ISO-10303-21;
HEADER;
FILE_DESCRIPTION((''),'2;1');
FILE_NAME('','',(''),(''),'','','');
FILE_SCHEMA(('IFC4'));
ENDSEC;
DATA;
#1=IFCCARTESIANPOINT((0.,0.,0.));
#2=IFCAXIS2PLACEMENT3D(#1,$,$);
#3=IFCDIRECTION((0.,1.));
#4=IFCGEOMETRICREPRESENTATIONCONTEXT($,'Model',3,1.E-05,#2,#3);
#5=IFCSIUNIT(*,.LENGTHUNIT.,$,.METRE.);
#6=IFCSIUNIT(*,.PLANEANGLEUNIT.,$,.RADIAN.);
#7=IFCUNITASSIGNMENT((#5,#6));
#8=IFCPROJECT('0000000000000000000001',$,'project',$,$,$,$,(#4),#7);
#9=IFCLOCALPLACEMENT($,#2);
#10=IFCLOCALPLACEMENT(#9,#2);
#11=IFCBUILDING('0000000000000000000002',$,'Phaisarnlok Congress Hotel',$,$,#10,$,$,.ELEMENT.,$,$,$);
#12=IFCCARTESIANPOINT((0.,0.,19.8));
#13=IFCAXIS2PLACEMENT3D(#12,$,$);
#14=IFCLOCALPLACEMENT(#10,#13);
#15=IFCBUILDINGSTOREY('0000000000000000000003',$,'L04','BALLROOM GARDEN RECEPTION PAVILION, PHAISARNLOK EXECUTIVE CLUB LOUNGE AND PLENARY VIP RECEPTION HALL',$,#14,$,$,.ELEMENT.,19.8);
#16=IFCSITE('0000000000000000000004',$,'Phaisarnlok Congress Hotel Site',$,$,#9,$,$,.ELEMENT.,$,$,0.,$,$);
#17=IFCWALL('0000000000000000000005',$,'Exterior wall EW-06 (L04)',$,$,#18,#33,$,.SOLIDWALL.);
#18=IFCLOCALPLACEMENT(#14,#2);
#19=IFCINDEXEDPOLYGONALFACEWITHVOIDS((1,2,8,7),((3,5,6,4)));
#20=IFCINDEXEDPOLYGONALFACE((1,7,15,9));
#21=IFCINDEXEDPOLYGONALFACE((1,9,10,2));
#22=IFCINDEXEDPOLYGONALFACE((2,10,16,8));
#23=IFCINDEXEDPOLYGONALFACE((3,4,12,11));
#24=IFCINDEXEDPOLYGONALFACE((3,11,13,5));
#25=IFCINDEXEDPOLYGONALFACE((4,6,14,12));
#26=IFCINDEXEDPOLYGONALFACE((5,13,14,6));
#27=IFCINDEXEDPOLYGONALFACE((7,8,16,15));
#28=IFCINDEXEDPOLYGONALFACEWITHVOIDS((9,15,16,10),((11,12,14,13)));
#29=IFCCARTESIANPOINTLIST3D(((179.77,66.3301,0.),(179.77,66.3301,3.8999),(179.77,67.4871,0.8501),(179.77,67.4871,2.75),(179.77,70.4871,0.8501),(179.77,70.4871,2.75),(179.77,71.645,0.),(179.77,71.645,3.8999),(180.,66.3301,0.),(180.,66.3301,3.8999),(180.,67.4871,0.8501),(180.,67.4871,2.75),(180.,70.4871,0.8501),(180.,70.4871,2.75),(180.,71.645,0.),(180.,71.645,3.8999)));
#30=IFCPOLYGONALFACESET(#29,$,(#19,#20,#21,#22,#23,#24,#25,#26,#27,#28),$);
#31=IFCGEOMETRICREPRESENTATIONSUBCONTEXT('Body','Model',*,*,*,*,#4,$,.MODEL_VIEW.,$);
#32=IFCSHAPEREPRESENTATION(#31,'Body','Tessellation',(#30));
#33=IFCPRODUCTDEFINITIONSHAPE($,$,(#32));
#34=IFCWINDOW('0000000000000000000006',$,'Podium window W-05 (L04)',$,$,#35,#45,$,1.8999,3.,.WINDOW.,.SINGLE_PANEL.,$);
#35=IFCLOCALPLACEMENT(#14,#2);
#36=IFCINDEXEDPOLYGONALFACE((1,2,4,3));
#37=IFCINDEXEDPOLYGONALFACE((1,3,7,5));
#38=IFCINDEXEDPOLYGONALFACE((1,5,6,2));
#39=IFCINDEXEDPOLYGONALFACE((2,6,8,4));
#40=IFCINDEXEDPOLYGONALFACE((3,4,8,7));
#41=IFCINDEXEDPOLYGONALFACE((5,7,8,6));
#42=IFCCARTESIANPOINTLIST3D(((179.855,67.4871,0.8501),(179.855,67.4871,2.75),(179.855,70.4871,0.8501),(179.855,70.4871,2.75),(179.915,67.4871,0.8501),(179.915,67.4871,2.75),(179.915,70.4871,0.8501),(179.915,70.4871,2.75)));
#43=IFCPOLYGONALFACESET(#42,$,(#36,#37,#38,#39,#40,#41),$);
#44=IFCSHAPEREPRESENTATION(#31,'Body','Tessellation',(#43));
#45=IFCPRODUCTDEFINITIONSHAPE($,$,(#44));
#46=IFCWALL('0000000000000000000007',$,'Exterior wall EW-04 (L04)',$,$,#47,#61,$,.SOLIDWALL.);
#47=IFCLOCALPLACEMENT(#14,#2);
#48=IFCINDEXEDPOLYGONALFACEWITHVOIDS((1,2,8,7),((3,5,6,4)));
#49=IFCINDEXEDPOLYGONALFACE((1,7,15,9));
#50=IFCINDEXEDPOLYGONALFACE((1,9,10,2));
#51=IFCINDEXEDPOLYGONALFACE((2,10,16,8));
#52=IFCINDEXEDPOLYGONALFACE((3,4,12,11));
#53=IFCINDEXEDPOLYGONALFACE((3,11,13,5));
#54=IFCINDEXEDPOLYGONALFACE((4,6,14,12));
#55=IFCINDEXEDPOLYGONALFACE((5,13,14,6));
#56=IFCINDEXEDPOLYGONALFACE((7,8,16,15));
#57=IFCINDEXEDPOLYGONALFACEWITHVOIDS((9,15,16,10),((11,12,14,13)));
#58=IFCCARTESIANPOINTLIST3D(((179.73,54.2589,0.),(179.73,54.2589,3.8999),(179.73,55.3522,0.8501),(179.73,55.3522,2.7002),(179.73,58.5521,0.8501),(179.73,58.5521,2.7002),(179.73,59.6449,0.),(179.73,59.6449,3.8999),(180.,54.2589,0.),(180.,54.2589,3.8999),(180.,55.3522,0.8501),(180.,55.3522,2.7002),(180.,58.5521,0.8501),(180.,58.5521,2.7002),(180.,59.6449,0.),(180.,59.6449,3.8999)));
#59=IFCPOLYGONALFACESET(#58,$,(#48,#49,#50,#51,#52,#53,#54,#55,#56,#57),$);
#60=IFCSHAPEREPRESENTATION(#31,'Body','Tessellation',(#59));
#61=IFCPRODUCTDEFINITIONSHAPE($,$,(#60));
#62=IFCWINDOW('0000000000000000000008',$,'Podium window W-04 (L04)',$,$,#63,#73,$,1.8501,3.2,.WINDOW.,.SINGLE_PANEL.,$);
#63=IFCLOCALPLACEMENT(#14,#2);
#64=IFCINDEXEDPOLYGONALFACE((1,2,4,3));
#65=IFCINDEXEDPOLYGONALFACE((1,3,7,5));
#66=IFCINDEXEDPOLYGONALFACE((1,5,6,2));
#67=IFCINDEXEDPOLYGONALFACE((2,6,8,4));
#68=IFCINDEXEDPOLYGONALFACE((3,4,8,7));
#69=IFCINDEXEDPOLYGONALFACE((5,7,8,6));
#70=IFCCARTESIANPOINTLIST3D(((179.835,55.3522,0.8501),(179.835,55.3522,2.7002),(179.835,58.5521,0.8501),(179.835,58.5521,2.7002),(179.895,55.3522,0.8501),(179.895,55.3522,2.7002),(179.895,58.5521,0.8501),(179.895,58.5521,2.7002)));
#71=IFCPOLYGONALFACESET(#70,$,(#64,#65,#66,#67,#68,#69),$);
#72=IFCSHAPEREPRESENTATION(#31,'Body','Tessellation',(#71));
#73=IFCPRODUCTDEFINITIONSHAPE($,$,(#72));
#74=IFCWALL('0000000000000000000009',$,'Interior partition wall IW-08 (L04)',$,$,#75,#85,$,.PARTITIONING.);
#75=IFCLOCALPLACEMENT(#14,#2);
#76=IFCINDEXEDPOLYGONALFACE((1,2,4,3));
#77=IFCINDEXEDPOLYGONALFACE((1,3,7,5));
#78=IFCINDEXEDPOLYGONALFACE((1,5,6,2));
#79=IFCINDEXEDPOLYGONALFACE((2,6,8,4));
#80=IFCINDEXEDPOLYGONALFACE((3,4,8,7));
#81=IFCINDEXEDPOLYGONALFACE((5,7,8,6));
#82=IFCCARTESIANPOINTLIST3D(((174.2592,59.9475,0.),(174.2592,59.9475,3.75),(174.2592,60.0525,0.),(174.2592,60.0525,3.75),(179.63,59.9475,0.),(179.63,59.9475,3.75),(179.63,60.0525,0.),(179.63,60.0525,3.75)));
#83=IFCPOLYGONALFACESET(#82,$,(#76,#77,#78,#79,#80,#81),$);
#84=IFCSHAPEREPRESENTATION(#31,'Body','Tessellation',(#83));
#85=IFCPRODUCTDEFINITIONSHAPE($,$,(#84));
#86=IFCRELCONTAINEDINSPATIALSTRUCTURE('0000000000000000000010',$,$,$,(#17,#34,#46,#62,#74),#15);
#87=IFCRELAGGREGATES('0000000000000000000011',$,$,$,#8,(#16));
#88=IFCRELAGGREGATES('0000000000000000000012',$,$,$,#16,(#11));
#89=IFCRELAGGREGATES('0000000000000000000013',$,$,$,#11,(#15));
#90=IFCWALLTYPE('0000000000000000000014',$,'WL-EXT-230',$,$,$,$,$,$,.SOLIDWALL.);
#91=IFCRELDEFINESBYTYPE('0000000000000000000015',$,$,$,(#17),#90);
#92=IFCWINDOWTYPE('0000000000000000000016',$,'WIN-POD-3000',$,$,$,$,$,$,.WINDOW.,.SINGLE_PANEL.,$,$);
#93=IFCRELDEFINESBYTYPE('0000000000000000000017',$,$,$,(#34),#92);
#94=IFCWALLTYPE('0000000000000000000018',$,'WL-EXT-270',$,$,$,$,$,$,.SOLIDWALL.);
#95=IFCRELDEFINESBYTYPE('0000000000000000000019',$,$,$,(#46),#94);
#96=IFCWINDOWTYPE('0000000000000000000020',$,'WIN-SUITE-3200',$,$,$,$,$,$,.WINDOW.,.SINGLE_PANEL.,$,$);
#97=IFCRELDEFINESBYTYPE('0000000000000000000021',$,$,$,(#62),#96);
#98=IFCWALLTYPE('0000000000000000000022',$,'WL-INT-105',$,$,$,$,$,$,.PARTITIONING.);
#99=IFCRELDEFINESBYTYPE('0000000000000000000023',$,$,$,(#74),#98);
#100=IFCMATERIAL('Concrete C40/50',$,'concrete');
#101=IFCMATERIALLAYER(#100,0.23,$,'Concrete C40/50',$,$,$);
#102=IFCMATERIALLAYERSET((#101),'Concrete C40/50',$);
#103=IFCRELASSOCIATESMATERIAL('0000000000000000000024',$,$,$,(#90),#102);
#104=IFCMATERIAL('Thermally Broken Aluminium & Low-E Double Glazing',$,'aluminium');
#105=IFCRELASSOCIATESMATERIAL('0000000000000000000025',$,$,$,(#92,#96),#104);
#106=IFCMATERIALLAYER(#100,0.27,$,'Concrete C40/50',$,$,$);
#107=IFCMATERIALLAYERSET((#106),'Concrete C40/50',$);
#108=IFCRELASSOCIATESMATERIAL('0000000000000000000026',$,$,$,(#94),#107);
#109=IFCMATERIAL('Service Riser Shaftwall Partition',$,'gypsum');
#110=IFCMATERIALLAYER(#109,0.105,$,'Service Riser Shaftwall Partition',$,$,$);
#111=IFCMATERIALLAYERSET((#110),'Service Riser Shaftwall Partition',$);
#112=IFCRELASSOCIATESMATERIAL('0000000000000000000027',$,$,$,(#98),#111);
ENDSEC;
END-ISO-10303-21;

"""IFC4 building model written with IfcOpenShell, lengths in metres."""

from ifc_helpers import new_model, si_unit, direction, frame, frame_2d, origin, place, context, subcontext, project, spatial, rectangle, extrude, material, layer, layer_set, type_object, element, fill, save


model = new_model("IFC4")

# Units and contexts
model_context = context("Model", 3, precision=1e-05, world=origin(), true_north=direction((0.0, 1.0)))
body_context = subcontext(model_context, "Body", "Model", "MODEL_VIEW")
ifc_project = project(units=[si_unit("LENGTHUNIT", "METRE"), si_unit("PLANEANGLEUNIT", "RADIAN")], contexts=[model_context])

# Site, building, storey
site_placement = place(None, origin())
site = spatial("IfcSite", under=ifc_project, at=site_placement, Name="Phaisarnlok Congress Hotel Site", CompositionType="ELEMENT", RefElevation=0.0)
building_placement = place(site_placement, origin())
building = spatial("IfcBuilding", under=site, at=building_placement, Name="Phaisarnlok Congress Hotel", CompositionType="ELEMENT")
storey_placement = place(building_placement, frame((0.0, 0.0, 19.8)))
storey = spatial("IfcBuildingStorey", under=building, at=storey_placement, Name="L04", Description="BALLROOM GARDEN RECEPTION PAVILION, PHAISARNLOK EXECUTIVE CLUB LOUNGE AND PLENARY VIP RECEPTION HALL", CompositionType="ELEMENT", Elevation=19.8)

# Shared definitions
ifc_material_1 = material(Name="Concrete C40/50", Category="concrete")

# Walls, openings, windows
ifc_layer_1 = layer(ifc_material_1, 0.23, Name="Concrete C40/50")
ifc_layer_set_1 = layer_set([ifc_layer_1], Name="Concrete C40/50")
wall_type_1 = type_object("IfcWallType", Name="WL-EXT-230", PredefinedType="SOLIDWALL", material=ifc_layer_set_1)
wall_1_placement = place(storey_placement, frame((179.885, 66.3301, 0.0), z_axis=(0.0, 0.0, 1.0), x_axis=(0.0, 1.0, 0.0)))
wall_1 = element("IfcWall", 1, at=wall_1_placement, inside=storey, type_object=wall_type_1, Name="Exterior wall EW-06 (L04)", PredefinedType="SOLIDWALL", context=body_context, shape_type="SweptSolid", body=[
    extrude(rectangle(XDim=5.3149, YDim=0.23, at=frame_2d((2.6575, 0.0))), origin(), (0.0, 0.0, 1.0), 3.8999),
])
opening_1_placement = place(wall_1_placement, frame((1.157, 0.0, 0.8501)))
opening_1 = element("IfcOpeningElement", 2, at=opening_1_placement, cuts=wall_1, PredefinedType="OPENING", context=body_context, shape_type="SweptSolid", body=[
    extrude(rectangle(XDim=3.0, YDim=1.8999, at=frame_2d((1.5, 0.95))), frame((0.0, 0.125, 0.0), z_axis=(0.0, -1.0, 0.0), x_axis=(1.0, 0.0, 0.0)), (0.0, 0.0, 1.0), 0.25),
])
ifc_material_2 = material(Name="Thermally Broken Aluminium & Low-E Double Glazing", Category="aluminium")
window_type_1 = type_object("IfcWindowType", Name="WIN-POD-3000", PartitioningType="SINGLE_PANEL", PredefinedType="WINDOW", material=ifc_material_2)
window_1_placement = place(opening_1_placement, origin())
window_1 = element("IfcWindow", 3, at=window_1_placement, inside=storey, type_object=window_type_1, Name="Podium window W-05 (L04)", OverallHeight=1.8999, OverallWidth=3.0, PartitioningType="SINGLE_PANEL", PredefinedType="WINDOW", context=body_context, shape_type="SweptSolid", body=[
    extrude(rectangle(XDim=3.0, YDim=1.8999, at=frame_2d((1.5, 0.95))), frame((0.0, 0.03, 0.0), z_axis=(0.0, -1.0, 0.0), x_axis=(1.0, 0.0, 0.0)), (0.0, 0.0, 1.0), 0.0601),
])
fill(opening_1, window_1)
ifc_layer_2 = layer(ifc_material_1, 0.27, Name="Concrete C40/50")
ifc_layer_set_2 = layer_set([ifc_layer_2], Name="Concrete C40/50")
wall_type_2 = type_object("IfcWallType", Name="WL-EXT-270", PredefinedType="SOLIDWALL", material=ifc_layer_set_2)
wall_2_placement = place(storey_placement, frame((179.865, 54.259, 0.0), z_axis=(0.0, 0.0, 1.0), x_axis=(0.0, 1.0, 0.0)))
wall_2 = element("IfcWall", 4, at=wall_2_placement, inside=storey, type_object=wall_type_2, Name="Exterior wall EW-04 (L04)", PredefinedType="SOLIDWALL", context=body_context, shape_type="SweptSolid", body=[
    extrude(rectangle(XDim=5.386, YDim=0.27, at=frame_2d((2.6929, 0.0))), origin(), (0.0, 0.0, 1.0), 3.8999),
])
opening_2_placement = place(wall_2_placement, frame((1.093, 0.0, 0.8501)))
opening_2 = element("IfcOpeningElement", 5, at=opening_2_placement, cuts=wall_2, PredefinedType="OPENING", context=body_context, shape_type="SweptSolid", body=[
    extrude(rectangle(XDim=3.2, YDim=1.8501, at=frame_2d((1.6001, 0.925))), frame((0.0, 0.145, 0.0), z_axis=(0.0, -1.0, 0.0), x_axis=(1.0, 0.0, 0.0)), (0.0, 0.0, 1.0), 0.29),
])
window_type_2 = type_object("IfcWindowType", Name="WIN-SUITE-3200", PartitioningType="SINGLE_PANEL", PredefinedType="WINDOW", material=ifc_material_2)
window_2_placement = place(opening_2_placement, origin())
window_2 = element("IfcWindow", 6, at=window_2_placement, inside=storey, type_object=window_type_2, Name="Podium window W-04 (L04)", OverallHeight=1.8501, OverallWidth=3.2, PartitioningType="SINGLE_PANEL", PredefinedType="WINDOW", context=body_context, shape_type="SweptSolid", body=[
    extrude(rectangle(XDim=3.2, YDim=1.8501, at=frame_2d((1.6001, 0.925))), frame((0.0, 0.03, 0.0), z_axis=(0.0, -1.0, 0.0), x_axis=(1.0, 0.0, 0.0)), (0.0, 0.0, 1.0), 0.0601),
])
fill(opening_2, window_2)

# Wall
ifc_material_3 = material(Name="Service Riser Shaftwall Partition", Category="gypsum")
ifc_layer_3 = layer(ifc_material_3, 0.105, Name="Service Riser Shaftwall Partition")
ifc_layer_set_3 = layer_set([ifc_layer_3], Name="Service Riser Shaftwall Partition")
wall_type_3 = type_object("IfcWallType", Name="WL-INT-105", PredefinedType="PARTITIONING", material=ifc_layer_set_3)
wall_3_placement = place(storey_placement, frame((174.259, 60.0, 0.0), z_axis=(0.0, 0.0, 1.0), x_axis=(1.0, 0.0, 0.0)))
element("IfcWall", 7, at=wall_3_placement, inside=storey, type_object=wall_type_3, Name="Interior partition wall IW-08 (L04)", PredefinedType="PARTITIONING", context=body_context, shape_type="SweptSolid", body=[
    extrude(rectangle(XDim=5.3708, YDim=0.105, at=frame_2d((2.6855, 0.0))), origin(), (0.0, 0.0, 1.0), 3.75),
])

save(model, "model.ifc")
